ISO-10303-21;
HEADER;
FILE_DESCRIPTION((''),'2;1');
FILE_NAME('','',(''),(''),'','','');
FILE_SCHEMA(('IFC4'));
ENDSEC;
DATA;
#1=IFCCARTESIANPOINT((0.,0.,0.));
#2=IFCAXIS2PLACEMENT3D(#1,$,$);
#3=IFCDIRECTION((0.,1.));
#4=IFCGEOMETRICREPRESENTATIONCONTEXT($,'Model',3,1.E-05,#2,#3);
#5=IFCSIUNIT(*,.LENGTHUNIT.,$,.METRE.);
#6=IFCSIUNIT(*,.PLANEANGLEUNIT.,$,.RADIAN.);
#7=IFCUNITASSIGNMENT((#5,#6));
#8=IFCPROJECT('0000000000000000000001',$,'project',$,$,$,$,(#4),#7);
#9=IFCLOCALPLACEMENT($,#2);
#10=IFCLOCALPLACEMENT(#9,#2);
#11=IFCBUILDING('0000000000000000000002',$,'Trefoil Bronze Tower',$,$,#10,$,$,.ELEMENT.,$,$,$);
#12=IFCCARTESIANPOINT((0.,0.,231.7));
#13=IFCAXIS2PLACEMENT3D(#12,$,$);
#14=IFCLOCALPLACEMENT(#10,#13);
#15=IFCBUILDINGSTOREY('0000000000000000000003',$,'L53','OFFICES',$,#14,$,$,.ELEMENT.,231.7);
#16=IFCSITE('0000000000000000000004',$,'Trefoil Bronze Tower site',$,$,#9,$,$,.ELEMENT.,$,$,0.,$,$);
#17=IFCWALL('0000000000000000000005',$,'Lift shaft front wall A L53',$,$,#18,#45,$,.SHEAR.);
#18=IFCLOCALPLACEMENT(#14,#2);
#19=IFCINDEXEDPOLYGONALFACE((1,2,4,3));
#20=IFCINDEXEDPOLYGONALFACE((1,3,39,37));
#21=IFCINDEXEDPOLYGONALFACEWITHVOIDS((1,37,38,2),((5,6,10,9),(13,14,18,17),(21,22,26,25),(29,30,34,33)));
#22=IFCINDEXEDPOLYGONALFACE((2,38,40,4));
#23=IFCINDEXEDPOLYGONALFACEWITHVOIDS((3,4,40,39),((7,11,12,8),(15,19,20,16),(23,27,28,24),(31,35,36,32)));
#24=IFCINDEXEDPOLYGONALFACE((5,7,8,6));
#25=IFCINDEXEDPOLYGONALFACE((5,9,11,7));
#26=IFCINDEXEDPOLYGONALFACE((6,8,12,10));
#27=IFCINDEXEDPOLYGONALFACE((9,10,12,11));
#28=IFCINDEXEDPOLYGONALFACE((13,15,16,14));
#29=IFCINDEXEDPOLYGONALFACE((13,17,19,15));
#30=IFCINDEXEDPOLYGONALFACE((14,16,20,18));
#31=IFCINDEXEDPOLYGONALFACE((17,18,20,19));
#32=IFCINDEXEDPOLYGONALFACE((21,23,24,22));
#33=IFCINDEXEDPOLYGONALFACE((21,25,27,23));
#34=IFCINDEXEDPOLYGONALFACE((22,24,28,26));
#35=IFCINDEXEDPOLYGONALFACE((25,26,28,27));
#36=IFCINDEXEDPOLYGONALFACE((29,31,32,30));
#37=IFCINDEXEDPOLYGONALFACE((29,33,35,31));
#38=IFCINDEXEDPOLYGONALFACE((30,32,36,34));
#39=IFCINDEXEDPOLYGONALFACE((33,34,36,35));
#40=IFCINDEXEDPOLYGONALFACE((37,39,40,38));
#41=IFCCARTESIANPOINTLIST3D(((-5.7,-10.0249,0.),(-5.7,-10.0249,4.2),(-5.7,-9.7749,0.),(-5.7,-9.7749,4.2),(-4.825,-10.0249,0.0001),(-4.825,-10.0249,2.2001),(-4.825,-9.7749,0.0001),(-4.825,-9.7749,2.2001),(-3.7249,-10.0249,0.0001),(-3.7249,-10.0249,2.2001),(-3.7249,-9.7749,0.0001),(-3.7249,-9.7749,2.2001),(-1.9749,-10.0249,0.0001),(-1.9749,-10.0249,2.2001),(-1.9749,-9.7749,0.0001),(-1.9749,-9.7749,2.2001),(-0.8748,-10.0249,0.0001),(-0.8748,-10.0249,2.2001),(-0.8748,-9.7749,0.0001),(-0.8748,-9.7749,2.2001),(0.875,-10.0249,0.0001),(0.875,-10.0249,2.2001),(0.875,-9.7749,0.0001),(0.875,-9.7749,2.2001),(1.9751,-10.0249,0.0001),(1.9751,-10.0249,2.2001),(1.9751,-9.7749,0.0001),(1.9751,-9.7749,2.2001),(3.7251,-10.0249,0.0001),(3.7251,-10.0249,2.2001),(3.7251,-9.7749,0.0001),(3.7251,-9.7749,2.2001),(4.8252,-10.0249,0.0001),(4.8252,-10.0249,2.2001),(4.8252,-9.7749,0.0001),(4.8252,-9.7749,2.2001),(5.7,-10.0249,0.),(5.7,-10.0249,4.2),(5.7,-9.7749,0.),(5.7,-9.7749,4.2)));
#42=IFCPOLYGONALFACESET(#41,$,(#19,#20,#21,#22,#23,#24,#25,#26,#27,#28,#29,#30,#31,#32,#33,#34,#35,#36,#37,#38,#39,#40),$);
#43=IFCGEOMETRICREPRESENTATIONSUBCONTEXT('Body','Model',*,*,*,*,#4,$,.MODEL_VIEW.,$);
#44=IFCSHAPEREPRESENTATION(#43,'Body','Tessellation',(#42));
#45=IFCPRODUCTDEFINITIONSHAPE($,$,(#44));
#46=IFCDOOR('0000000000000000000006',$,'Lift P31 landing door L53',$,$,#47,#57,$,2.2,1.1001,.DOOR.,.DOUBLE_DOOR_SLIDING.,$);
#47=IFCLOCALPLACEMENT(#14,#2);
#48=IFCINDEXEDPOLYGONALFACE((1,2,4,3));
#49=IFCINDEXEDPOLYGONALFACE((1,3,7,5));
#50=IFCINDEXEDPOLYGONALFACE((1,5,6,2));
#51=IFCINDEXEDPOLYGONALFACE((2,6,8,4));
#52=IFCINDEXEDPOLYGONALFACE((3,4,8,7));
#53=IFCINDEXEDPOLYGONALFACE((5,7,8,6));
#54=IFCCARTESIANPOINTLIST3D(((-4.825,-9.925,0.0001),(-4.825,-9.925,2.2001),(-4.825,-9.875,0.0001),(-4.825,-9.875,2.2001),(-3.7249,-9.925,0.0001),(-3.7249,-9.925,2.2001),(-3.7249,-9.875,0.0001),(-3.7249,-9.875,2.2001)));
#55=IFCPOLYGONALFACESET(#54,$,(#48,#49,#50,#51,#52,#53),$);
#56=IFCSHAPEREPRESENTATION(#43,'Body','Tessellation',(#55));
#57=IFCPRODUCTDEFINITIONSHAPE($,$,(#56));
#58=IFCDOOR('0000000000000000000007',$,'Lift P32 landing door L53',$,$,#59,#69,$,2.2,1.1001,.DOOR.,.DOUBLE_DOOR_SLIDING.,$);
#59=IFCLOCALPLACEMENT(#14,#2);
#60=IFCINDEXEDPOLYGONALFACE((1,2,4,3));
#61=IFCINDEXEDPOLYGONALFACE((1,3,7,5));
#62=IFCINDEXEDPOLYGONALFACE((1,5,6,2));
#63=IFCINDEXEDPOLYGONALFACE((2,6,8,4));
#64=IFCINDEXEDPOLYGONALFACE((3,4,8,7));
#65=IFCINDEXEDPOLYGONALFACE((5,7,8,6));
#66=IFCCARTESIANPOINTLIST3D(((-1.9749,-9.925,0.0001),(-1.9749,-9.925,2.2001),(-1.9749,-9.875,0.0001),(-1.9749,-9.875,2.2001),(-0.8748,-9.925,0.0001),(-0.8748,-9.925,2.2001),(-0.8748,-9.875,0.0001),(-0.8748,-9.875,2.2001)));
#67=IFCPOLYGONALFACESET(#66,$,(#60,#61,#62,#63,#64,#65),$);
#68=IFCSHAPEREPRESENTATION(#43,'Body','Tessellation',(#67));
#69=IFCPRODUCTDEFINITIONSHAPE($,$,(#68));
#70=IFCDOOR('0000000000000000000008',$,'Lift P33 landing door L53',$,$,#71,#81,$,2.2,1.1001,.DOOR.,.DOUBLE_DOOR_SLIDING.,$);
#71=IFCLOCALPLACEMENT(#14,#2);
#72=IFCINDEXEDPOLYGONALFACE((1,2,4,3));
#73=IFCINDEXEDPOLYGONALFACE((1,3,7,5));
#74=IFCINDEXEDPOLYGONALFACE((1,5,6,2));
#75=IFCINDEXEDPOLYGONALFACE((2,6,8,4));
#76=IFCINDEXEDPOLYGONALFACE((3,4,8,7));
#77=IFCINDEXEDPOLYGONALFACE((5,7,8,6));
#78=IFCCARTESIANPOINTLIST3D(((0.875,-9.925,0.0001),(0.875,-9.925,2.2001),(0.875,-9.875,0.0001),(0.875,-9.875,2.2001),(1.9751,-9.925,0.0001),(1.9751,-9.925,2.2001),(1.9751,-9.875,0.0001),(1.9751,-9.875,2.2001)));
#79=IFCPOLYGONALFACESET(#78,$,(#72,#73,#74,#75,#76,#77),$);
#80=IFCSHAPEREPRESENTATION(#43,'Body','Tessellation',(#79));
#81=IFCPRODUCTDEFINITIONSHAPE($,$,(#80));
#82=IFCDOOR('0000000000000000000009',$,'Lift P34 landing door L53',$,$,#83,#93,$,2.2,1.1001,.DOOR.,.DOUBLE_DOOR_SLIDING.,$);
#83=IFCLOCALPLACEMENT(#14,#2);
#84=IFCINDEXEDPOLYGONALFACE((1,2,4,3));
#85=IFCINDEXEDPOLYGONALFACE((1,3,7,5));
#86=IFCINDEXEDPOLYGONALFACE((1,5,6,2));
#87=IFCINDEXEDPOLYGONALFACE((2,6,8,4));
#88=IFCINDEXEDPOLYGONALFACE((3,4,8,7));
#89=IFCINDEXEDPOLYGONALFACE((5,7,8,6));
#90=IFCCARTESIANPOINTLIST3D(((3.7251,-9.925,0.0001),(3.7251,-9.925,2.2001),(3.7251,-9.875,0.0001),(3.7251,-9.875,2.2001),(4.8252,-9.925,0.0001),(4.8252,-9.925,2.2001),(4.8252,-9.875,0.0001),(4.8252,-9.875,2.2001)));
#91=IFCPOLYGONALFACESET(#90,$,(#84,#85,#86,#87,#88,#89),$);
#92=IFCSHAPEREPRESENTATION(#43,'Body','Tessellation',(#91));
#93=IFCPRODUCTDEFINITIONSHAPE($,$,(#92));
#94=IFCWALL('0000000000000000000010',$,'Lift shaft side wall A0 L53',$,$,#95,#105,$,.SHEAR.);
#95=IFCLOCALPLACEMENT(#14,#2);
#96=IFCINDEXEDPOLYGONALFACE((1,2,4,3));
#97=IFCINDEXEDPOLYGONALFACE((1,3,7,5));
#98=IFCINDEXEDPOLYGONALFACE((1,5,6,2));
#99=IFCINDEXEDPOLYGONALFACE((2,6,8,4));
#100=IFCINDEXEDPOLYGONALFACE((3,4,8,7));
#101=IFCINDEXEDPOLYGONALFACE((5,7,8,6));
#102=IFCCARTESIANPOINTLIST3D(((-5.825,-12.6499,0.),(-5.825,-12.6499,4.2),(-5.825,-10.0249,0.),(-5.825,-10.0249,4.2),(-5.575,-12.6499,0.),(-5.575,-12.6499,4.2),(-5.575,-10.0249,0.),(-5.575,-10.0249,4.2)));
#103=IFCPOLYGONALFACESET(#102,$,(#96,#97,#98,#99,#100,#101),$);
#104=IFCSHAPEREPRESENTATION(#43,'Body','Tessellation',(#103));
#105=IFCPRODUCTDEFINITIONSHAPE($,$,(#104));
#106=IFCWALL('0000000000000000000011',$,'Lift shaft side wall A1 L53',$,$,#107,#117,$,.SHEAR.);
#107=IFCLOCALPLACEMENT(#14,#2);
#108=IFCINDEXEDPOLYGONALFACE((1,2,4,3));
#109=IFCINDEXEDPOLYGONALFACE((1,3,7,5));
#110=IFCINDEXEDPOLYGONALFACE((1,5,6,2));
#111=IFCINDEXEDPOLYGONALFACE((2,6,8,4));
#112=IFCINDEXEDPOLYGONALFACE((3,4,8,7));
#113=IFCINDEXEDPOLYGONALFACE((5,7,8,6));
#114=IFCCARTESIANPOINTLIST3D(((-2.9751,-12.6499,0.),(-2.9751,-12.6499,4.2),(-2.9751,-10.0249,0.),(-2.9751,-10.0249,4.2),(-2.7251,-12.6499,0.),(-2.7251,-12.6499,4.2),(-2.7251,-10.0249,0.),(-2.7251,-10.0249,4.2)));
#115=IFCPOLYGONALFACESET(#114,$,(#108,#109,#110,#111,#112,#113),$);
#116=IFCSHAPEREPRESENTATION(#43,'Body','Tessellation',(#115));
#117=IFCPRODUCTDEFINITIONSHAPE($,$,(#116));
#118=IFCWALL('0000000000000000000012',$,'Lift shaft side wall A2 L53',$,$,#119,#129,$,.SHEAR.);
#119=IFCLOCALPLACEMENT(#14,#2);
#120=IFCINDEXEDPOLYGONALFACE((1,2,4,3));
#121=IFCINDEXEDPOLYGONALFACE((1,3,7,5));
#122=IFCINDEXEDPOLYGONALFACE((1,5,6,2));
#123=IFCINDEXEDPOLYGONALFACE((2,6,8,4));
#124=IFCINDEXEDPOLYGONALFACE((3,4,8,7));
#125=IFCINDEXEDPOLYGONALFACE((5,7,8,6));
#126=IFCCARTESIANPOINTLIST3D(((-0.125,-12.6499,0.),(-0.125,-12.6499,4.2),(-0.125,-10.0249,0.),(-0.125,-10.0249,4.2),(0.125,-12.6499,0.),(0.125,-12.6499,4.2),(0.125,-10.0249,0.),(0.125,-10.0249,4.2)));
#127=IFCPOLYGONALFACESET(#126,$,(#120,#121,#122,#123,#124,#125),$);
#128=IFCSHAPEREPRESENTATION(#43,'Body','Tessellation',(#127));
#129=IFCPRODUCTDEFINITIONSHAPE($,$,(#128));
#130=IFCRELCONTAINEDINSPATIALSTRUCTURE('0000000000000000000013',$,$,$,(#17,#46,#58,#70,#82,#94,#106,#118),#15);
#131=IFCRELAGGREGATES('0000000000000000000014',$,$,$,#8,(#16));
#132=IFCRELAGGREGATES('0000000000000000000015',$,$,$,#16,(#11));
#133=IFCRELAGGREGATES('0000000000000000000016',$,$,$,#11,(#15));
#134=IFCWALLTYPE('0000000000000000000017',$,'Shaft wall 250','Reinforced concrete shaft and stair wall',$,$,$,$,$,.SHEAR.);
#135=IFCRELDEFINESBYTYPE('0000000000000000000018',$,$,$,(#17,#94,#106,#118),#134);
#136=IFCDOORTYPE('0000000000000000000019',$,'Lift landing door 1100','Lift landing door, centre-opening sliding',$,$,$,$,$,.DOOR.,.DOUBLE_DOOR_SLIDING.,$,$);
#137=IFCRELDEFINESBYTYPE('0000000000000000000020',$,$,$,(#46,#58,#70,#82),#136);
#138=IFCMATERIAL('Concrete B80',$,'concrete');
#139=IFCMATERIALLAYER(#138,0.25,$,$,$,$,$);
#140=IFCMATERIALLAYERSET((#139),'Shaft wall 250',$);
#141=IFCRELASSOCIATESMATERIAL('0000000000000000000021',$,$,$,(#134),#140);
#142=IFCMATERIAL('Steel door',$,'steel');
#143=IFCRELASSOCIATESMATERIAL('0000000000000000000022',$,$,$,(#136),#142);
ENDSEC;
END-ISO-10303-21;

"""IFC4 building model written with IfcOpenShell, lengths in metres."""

from ifc_helpers import new_model, si_unit, direction, frame, frame_2d, origin, place, context, subcontext, project, spatial, rectangle, extrude, material, layer, layer_set, type_object, element, fill, save


model = new_model("IFC4")

# Units and contexts
model_context = context("Model", 3, precision=1e-05, world=origin(), true_north=direction((0.0, 1.0)))
body_context = subcontext(model_context, "Body", "Model", "MODEL_VIEW")
ifc_project = project(units=[si_unit("LENGTHUNIT", "METRE"), si_unit("PLANEANGLEUNIT", "RADIAN")], contexts=[model_context])

# Site, building, storey
site_placement = place(None, origin())
site = spatial("IfcSite", under=ifc_project, at=site_placement, Name="Trefoil Bronze Tower site", CompositionType="ELEMENT", RefElevation=0.0)
building_placement = place(site_placement, origin())
building = spatial("IfcBuilding", under=site, at=building_placement, Name="Trefoil Bronze Tower", CompositionType="ELEMENT")
storey_placement = place(building_placement, frame((0.0, 0.0, 231.7)))
storey = spatial("IfcBuildingStorey", under=building, at=storey_placement, Name="L53", Description="OFFICES", CompositionType="ELEMENT", Elevation=231.7)

# Wall, openings, doors
ifc_material_1 = material(Name="Concrete B80", Category="concrete")
ifc_layer_1 = layer(ifc_material_1, 0.25)
ifc_layer_set_1 = layer_set([ifc_layer_1], Name="Shaft wall 250")
wall_type_1 = type_object("IfcWallType", Name="Shaft wall 250", Description="Reinforced concrete shaft and stair wall", PredefinedType="SHEAR", material=ifc_layer_set_1)
wall_1_placement = place(storey_placement, frame((-5.7, -9.8999, 0.0), z_axis=(0.0, 0.0, 1.0), x_axis=(1.0, 0.0, 0.0)))
wall_1 = element("IfcWall", 1, at=wall_1_placement, inside=storey, type_object=wall_type_1, Name="Lift shaft front wall A L53", PredefinedType="SHEAR", context=body_context, shape_type="SweptSolid", body=[
    extrude(rectangle(XDim=11.3999, YDim=0.25, at=frame_2d((5.7, 0.0))), origin(), (0.0, 0.0, 1.0), 4.2),
])
opening_1_placement = place(wall_1_placement, frame((0.875, 0.0, 0.0)))
opening_1 = element("IfcOpeningElement", 2, at=opening_1_placement, cuts=wall_1, PredefinedType="OPENING", context=body_context, shape_type="SweptSolid", body=[
    extrude(rectangle(XDim=1.1001, YDim=2.2, at=frame_2d((0.55, 1.1001))), frame((0.0, 0.135, 0.0), z_axis=(0.0, -1.0, 0.0), x_axis=(1.0, 0.0, 0.0)), (0.0, 0.0, 1.0), 0.27),
])
opening_2_placement = place(wall_1_placement, frame((3.7251, 0.0, 0.0)))
opening_2 = element("IfcOpeningElement", 3, at=opening_2_placement, cuts=wall_1, PredefinedType="OPENING", context=body_context, shape_type="SweptSolid", body=[
    extrude(rectangle(XDim=1.1001, YDim=2.2, at=frame_2d((0.55, 1.1001))), frame((0.0, 0.135, 0.0), z_axis=(0.0, -1.0, 0.0), x_axis=(1.0, 0.0, 0.0)), (0.0, 0.0, 1.0), 0.27),
])
opening_3_placement = place(wall_1_placement, frame((6.575, 0.0, 0.0)))
opening_3 = element("IfcOpeningElement", 4, at=opening_3_placement, cuts=wall_1, PredefinedType="OPENING", context=body_context, shape_type="SweptSolid", body=[
    extrude(rectangle(XDim=1.1001, YDim=2.2, at=frame_2d((0.55, 1.1001))), frame((0.0, 0.135, 0.0), z_axis=(0.0, -1.0, 0.0), x_axis=(1.0, 0.0, 0.0)), (0.0, 0.0, 1.0), 0.27),
])
opening_4_placement = place(wall_1_placement, frame((9.425, 0.0, 0.0)))
opening_4 = element("IfcOpeningElement", 5, at=opening_4_placement, cuts=wall_1, PredefinedType="OPENING", context=body_context, shape_type="SweptSolid", body=[
    extrude(rectangle(XDim=1.1001, YDim=2.2, at=frame_2d((0.55, 1.1001))), frame((0.0, 0.135, 0.0), z_axis=(0.0, -1.0, 0.0), x_axis=(1.0, 0.0, 0.0)), (0.0, 0.0, 1.0), 0.27),
])
ifc_material_2 = material(Name="Steel door", Category="steel")
door_type_1 = type_object("IfcDoorType", Name="Lift landing door 1100", Description="Lift landing door, centre-opening sliding", OperationType="DOUBLE_DOOR_SLIDING", PredefinedType="DOOR", material=ifc_material_2)
door_1_placement = place(opening_1_placement, origin())
door_1 = element("IfcDoor", 6, at=door_1_placement, inside=storey, type_object=door_type_1, Name="Lift P31 landing door L53", OperationType="DOUBLE_DOOR_SLIDING", OverallHeight=2.2, OverallWidth=1.1001, PredefinedType="DOOR", context=body_context, shape_type="SweptSolid", body=[
    extrude(rectangle(XDim=1.1001, YDim=2.2, at=frame_2d((0.55, 1.1001))), frame((0.0, 0.0249, 0.0), z_axis=(0.0, -1.0, 0.0), x_axis=(1.0, 0.0, 0.0)), (0.0, 0.0, 1.0), 0.05),
])
fill(opening_1, door_1)
door_2_placement = place(opening_2_placement, origin())
door_2 = element("IfcDoor", 7, at=door_2_placement, inside=storey, type_object=door_type_1, Name="Lift P32 landing door L53", OperationType="DOUBLE_DOOR_SLIDING", OverallHeight=2.2, OverallWidth=1.1001, PredefinedType="DOOR", context=body_context, shape_type="SweptSolid", body=[
    extrude(rectangle(XDim=1.1001, YDim=2.2, at=frame_2d((0.55, 1.1001))), frame((0.0, 0.0249, 0.0), z_axis=(0.0, -1.0, 0.0), x_axis=(1.0, 0.0, 0.0)), (0.0, 0.0, 1.0), 0.05),
])
fill(opening_2, door_2)
door_3_placement = place(opening_3_placement, origin())
door_3 = element("IfcDoor", 8, at=door_3_placement, inside=storey, type_object=door_type_1, Name="Lift P33 landing door L53", OperationType="DOUBLE_DOOR_SLIDING", OverallHeight=2.2, OverallWidth=1.1001, PredefinedType="DOOR", context=body_context, shape_type="SweptSolid", body=[
    extrude(rectangle(XDim=1.1001, YDim=2.2, at=frame_2d((0.55, 1.1001))), frame((0.0, 0.0249, 0.0), z_axis=(0.0, -1.0, 0.0), x_axis=(1.0, 0.0, 0.0)), (0.0, 0.0, 1.0), 0.05),
])
fill(opening_3, door_3)
door_4_placement = place(opening_4_placement, origin())
door_4 = element("IfcDoor", 9, at=door_4_placement, inside=storey, type_object=door_type_1, Name="Lift P34 landing door L53", OperationType="DOUBLE_DOOR_SLIDING", OverallHeight=2.2, OverallWidth=1.1001, PredefinedType="DOOR", context=body_context, shape_type="SweptSolid", body=[
    extrude(rectangle(XDim=1.1001, YDim=2.2, at=frame_2d((0.55, 1.1001))), frame((0.0, 0.0249, 0.0), z_axis=(0.0, -1.0, 0.0), x_axis=(1.0, 0.0, 0.0)), (0.0, 0.0, 1.0), 0.05),
])
fill(opening_4, door_4)

# Walls
for number, where, z_axis, x_axis, name in (
    (10, (-5.7, -10.0249, 0.0), (0.0, 0.0, 1.0), (0.0, -1.0, 0.0), "Lift shaft side wall A0 L53"),
    (11, (-2.8501, -10.0249, 0.0), (0.0, 0.0, 1.0), (0.0, -1.0, 0.0), "Lift shaft side wall A1 L53"),
    (12, (0.0, -10.0249, 0.0), (0.0, 0.0, 1.0), (0.0, -1.0, 0.0), "Lift shaft side wall A2 L53"),
):
    element("IfcWall", number, at=place(storey_placement, frame(where, z_axis=z_axis, x_axis=x_axis)), inside=storey, type_object=wall_type_1, Name=name, PredefinedType="SHEAR", context=body_context, shape_type="SweptSolid", body=[
        extrude(rectangle(XDim=2.625, YDim=0.25, at=frame_2d((1.3125, 0.0))), origin(), (0.0, 0.0, 1.0), 4.2),
    ])

save(model, "model.ifc")
